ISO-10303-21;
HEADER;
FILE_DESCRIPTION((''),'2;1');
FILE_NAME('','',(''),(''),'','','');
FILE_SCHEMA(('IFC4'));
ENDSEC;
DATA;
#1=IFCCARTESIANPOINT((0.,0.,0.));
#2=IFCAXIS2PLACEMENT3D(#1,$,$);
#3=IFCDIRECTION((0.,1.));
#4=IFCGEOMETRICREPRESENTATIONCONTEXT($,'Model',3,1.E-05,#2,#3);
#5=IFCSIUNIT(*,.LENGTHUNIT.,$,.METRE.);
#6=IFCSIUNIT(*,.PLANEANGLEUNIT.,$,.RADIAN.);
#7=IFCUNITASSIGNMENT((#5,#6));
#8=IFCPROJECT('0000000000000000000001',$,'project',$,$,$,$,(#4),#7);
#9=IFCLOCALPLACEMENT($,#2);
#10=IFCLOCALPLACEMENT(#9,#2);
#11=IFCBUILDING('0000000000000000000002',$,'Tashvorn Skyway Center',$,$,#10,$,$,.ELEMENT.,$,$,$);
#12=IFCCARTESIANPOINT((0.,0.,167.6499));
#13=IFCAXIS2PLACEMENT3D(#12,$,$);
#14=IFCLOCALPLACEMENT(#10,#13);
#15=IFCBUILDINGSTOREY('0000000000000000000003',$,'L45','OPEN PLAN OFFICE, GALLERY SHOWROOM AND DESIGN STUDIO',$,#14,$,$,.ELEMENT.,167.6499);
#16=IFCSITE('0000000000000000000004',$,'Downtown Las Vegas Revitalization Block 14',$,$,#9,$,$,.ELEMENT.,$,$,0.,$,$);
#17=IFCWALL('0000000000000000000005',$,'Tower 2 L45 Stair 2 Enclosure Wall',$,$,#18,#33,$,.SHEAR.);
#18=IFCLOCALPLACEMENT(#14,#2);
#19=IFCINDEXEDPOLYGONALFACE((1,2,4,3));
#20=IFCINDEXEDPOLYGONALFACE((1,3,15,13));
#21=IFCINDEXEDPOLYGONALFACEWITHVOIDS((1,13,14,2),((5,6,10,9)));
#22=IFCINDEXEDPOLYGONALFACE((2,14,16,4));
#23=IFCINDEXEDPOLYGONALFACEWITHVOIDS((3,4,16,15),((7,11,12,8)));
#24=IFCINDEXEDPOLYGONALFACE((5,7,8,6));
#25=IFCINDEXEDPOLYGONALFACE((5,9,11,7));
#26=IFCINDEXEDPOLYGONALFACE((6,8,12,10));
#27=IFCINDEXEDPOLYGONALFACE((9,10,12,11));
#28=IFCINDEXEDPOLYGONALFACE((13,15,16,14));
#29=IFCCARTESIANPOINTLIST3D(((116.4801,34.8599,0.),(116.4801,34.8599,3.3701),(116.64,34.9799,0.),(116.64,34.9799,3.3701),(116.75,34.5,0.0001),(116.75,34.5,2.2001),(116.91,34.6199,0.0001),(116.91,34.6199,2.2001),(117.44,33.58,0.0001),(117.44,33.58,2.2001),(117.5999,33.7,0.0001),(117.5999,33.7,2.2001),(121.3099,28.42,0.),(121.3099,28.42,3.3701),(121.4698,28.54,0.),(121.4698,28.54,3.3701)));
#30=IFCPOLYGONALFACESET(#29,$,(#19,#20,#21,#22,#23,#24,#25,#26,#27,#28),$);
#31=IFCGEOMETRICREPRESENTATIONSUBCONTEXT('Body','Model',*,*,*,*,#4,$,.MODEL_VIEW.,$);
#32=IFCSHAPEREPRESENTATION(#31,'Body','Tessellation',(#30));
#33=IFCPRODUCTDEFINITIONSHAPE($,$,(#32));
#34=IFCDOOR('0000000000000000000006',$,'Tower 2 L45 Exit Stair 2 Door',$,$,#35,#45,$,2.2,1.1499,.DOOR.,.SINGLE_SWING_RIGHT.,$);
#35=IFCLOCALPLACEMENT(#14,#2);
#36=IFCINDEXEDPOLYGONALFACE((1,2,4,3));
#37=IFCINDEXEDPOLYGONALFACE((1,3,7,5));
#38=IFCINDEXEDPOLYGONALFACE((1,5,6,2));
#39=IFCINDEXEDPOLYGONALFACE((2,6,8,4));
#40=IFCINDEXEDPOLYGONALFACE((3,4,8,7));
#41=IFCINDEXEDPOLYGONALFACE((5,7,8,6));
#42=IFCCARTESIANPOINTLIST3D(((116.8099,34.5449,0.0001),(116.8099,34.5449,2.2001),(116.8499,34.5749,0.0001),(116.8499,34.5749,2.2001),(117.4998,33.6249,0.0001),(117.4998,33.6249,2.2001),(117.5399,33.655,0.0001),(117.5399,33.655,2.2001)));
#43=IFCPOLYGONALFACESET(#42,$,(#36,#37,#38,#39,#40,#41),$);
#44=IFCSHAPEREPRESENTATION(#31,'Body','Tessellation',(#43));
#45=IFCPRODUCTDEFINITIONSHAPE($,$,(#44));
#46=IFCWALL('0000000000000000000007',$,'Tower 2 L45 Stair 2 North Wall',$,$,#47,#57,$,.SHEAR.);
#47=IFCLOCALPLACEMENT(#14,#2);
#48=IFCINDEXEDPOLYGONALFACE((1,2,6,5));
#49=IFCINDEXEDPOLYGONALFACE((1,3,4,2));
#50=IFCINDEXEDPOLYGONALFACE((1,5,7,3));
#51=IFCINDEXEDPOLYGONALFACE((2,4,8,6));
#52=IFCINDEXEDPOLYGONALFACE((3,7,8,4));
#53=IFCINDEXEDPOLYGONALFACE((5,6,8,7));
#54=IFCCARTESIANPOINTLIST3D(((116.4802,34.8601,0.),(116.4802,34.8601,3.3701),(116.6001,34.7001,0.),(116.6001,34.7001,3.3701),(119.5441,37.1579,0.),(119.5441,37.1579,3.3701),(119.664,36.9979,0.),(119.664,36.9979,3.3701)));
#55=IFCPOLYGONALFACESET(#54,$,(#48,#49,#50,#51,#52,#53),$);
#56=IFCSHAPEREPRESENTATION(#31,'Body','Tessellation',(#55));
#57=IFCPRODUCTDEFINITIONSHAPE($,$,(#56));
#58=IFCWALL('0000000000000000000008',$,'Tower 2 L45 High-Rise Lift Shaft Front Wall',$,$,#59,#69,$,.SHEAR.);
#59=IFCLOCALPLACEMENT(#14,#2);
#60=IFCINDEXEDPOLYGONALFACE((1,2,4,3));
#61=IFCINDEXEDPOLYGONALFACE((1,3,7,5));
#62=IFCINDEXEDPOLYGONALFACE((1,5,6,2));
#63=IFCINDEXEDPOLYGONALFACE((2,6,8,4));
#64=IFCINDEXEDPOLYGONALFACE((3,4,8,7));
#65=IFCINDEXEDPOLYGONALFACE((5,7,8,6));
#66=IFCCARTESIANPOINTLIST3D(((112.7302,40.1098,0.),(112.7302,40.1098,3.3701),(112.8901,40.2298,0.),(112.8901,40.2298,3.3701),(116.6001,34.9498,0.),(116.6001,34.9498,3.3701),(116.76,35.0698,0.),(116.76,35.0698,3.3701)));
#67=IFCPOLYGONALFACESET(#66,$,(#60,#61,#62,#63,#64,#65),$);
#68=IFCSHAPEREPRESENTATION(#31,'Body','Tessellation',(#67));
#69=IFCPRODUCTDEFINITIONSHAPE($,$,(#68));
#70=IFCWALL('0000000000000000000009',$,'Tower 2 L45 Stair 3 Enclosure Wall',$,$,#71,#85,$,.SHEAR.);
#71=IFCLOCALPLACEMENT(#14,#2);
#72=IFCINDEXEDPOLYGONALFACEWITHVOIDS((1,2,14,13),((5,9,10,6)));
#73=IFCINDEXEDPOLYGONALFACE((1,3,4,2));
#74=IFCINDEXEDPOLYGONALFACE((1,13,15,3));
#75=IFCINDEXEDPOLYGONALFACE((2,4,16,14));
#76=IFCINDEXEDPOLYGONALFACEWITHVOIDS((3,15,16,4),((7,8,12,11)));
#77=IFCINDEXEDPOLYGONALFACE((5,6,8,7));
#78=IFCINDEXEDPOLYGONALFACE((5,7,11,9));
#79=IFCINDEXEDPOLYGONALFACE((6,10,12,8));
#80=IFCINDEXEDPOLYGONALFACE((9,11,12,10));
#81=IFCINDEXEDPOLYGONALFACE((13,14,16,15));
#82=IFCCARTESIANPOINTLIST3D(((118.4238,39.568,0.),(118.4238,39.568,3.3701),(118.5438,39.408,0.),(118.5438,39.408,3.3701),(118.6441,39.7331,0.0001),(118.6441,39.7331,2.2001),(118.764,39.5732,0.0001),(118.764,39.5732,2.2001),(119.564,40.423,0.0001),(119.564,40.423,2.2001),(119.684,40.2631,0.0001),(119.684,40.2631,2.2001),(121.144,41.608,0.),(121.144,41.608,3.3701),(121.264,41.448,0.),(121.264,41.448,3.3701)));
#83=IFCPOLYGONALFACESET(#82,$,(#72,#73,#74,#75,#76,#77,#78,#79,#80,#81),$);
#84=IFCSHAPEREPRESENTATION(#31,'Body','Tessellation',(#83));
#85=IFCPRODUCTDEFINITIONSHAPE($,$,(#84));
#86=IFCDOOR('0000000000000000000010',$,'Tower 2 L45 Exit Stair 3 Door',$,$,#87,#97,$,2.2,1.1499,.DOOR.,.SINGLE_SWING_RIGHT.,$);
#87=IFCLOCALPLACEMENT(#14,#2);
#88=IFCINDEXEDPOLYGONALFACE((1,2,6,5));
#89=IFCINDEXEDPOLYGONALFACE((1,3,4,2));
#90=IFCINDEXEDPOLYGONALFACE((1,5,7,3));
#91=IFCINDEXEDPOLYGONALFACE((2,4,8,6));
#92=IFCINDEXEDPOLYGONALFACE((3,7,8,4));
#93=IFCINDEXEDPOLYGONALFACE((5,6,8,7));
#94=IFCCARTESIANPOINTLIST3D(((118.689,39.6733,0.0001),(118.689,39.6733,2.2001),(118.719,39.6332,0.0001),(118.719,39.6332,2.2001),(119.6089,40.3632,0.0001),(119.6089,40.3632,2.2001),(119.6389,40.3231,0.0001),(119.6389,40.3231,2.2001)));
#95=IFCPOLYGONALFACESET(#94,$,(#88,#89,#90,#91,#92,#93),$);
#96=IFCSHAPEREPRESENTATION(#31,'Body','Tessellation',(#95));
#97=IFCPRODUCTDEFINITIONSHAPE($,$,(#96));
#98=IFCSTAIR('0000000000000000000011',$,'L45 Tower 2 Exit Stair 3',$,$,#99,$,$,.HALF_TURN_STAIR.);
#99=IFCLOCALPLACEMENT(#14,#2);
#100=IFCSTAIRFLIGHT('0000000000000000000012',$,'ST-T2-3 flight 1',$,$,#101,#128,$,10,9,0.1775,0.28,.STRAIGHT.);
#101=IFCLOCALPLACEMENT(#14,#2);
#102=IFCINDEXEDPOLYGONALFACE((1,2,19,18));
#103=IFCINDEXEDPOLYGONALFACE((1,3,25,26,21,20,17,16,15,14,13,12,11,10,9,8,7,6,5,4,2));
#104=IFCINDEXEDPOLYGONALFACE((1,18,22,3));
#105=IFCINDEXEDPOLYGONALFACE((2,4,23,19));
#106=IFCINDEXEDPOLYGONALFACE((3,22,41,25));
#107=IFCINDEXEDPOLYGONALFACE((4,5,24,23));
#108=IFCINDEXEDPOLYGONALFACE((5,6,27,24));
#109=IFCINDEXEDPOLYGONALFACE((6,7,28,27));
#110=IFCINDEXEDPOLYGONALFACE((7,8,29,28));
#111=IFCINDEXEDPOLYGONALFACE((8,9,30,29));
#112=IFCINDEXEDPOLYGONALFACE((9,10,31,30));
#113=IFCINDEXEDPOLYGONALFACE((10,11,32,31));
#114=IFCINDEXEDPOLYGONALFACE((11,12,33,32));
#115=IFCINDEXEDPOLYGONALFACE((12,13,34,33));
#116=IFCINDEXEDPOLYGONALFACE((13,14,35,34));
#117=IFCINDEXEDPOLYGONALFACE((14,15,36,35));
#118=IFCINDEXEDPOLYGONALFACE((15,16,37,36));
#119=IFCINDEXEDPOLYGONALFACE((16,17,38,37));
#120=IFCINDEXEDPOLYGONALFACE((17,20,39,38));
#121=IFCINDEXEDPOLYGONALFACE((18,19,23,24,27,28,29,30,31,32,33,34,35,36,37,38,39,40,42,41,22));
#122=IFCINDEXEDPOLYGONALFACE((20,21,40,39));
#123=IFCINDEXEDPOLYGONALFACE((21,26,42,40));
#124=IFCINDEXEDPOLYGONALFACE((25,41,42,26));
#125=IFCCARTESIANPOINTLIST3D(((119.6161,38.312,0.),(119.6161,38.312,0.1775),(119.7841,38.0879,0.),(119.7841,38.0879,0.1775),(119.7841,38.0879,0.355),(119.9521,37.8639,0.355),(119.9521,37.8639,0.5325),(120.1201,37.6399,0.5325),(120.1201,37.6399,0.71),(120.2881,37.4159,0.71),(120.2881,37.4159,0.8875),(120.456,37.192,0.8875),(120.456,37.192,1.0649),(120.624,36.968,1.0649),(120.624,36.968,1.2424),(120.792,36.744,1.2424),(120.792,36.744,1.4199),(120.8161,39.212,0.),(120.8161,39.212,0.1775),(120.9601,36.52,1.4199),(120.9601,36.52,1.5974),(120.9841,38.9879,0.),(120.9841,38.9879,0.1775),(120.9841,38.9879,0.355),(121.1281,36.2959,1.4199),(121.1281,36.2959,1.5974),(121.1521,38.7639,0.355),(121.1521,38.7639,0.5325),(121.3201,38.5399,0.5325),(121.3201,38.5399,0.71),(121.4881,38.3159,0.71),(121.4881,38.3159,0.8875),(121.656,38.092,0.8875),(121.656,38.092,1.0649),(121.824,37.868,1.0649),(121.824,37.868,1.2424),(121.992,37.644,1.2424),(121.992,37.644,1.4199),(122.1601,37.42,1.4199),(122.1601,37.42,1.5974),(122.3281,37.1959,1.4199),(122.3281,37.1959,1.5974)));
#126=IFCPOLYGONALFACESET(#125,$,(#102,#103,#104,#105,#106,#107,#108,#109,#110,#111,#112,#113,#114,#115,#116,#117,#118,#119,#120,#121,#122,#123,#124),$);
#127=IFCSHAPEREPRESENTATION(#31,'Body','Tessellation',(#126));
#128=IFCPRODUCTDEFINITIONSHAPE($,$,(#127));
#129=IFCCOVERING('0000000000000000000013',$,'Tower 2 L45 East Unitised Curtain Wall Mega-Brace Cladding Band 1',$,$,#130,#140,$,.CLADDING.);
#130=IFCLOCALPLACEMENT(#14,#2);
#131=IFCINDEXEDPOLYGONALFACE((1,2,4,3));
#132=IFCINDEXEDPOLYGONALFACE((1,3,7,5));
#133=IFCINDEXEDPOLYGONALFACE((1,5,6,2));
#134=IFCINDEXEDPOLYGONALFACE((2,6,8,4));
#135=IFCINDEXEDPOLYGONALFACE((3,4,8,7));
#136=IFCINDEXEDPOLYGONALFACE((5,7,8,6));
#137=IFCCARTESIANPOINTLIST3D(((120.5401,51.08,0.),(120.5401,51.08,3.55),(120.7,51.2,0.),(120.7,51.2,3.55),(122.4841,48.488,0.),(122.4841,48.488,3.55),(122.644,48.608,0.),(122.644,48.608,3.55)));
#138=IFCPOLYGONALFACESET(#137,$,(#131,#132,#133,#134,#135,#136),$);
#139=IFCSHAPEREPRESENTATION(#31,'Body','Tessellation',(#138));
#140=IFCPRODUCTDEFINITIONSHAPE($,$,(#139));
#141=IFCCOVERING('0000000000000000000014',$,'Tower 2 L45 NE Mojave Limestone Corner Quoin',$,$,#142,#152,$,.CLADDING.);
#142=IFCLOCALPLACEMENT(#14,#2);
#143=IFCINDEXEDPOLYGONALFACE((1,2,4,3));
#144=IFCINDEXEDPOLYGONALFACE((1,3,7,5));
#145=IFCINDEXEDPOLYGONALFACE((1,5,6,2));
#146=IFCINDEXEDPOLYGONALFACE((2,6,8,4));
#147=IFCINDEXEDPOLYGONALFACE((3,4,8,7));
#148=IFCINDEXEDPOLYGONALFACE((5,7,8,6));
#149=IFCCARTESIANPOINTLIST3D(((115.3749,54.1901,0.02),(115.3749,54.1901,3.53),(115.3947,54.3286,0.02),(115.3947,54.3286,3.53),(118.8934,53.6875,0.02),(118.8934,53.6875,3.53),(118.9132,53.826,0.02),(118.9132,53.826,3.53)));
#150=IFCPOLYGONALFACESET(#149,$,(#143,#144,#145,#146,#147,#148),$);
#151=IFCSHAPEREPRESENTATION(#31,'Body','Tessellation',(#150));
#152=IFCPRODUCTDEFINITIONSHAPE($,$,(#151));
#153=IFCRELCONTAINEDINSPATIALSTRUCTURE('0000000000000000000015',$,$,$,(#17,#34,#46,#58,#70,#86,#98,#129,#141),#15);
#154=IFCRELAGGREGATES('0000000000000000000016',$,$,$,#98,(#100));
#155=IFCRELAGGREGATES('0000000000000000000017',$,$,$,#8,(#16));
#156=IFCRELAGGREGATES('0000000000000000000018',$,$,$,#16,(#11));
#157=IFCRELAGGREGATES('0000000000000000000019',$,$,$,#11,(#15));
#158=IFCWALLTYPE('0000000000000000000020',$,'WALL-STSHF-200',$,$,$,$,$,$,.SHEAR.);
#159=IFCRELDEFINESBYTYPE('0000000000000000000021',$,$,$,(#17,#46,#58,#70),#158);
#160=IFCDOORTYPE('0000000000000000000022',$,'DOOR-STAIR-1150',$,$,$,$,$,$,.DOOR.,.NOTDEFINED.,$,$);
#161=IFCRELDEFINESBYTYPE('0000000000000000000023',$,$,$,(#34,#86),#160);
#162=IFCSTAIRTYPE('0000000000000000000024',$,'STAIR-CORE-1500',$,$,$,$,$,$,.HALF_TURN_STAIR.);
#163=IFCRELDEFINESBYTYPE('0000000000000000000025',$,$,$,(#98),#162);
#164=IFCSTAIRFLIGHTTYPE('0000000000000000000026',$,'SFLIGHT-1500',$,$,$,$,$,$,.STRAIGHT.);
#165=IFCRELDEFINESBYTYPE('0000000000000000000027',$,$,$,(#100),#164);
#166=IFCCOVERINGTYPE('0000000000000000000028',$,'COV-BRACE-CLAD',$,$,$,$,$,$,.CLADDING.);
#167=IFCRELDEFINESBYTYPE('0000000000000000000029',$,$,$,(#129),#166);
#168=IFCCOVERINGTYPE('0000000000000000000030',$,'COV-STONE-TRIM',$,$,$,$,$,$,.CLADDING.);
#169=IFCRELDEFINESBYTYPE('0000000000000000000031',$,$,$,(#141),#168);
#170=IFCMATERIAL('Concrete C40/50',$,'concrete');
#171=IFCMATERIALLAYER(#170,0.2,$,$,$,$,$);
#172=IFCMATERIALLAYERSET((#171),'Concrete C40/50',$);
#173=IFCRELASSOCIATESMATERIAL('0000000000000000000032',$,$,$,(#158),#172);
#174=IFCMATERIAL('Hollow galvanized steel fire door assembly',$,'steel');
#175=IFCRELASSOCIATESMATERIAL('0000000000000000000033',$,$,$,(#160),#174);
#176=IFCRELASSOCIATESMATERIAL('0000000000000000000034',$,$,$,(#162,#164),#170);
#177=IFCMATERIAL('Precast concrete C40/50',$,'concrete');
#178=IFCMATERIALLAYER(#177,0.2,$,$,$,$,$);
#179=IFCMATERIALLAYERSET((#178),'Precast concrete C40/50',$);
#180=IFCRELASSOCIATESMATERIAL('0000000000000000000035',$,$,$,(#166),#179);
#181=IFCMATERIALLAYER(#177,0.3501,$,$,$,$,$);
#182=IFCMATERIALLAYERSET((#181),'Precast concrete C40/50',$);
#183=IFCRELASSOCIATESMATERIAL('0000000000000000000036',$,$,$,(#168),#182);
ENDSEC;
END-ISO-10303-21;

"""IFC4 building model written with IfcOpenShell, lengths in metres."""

from ifc_helpers import new_model, si_unit, direction, frame, frame_2d, origin, origin_2d, place, context, subcontext, project, spatial, polyline, rectangle, outline, extrude, material, layer, layer_set, type_object, element, fill, aggregate, save


model = new_model("IFC4")

# Units and contexts
model_context = context("Model", 3, precision=1e-05, world=origin(), true_north=direction((0.0, 1.0)))
body_context = subcontext(model_context, "Body", "Model", "MODEL_VIEW")
ifc_project = project(units=[si_unit("LENGTHUNIT", "METRE"), si_unit("PLANEANGLEUNIT", "RADIAN")], contexts=[model_context])

# Site, building, storey
site_placement = place(None, origin())
site = spatial("IfcSite", under=ifc_project, at=site_placement, Name="Downtown Las Vegas Revitalization Block 14", CompositionType="ELEMENT", RefElevation=0.0)
building_placement = place(site_placement, origin())
building = spatial("IfcBuilding", under=site, at=building_placement, Name="Tashvorn Skyway Center", CompositionType="ELEMENT")
storey_placement = place(building_placement, frame((0.0, 0.0, 167.6499)))
storey = spatial("IfcBuildingStorey", under=building, at=storey_placement, Name="L45", Description="OPEN PLAN OFFICE, GALLERY SHOWROOM AND DESIGN STUDIO", CompositionType="ELEMENT", Elevation=167.6499)

# Shared definitions
ifc_material_1 = material(Name="Precast concrete C40/50", Category="concrete")
ifc_material_2 = material(Name="Concrete C40/50", Category="concrete")

# Wall, opening, door
ifc_layer_1 = layer(ifc_material_2, 0.2)
ifc_layer_set_1 = layer_set([ifc_layer_1], Name="Concrete C40/50")
wall_type_1 = type_object("IfcWallType", Name="WALL-STSHF-200", PredefinedType="SHEAR", material=ifc_layer_set_1)
wall_1_placement = place(storey_placement, frame((116.5601, 34.9199, 0.0), z_axis=(0.0, 0.0, 1.0), x_axis=(0.59999, -0.800007, 0.0)))
wall_1 = element("IfcWall", 1, at=wall_1_placement, inside=storey, type_object=wall_type_1, Name="Tower 2 L45 Stair 2 Enclosure Wall", PredefinedType="SHEAR", context=body_context, shape_type="SweptSolid", body=[
    extrude(rectangle(XDim=8.0498, YDim=0.2, at=frame_2d((4.0249, 0.0))), origin(), (0.0, 0.0, 1.0), 3.3701),
])
opening_1_placement = place(wall_1_placement, frame((0.45, 0.0, 0.0)))
opening_1 = element("IfcOpeningElement", 2, at=opening_1_placement, cuts=wall_1, PredefinedType="OPENING", context=body_context, shape_type="SweptSolid", body=[
    extrude(rectangle(XDim=1.1499, YDim=2.2, at=frame_2d((0.575, 1.1001))), frame((0.0, 0.1099, 0.0), z_axis=(0.0, -1.0, 0.0), x_axis=(1.0, 0.0, 0.0)), (0.0, 0.0, 1.0), 0.22),
])
ifc_material_3 = material(Name="Hollow galvanized steel fire door assembly", Category="steel")
door_type = type_object("IfcDoorType", Name="DOOR-STAIR-1150", OperationType="NOTDEFINED", PredefinedType="DOOR", material=ifc_material_3)
door_1_placement = place(opening_1_placement, origin())
door_1 = element("IfcDoor", 3, at=door_1_placement, inside=storey, type_object=door_type, Name="Tower 2 L45 Exit Stair 2 Door", OperationType="SINGLE_SWING_RIGHT", OverallHeight=2.2, OverallWidth=1.1499, PredefinedType="DOOR", context=body_context, shape_type="SweptSolid", body=[
    extrude(rectangle(XDim=1.1499, YDim=2.2, at=frame_2d((0.575, 1.1001))), frame((0.0, 0.0249, 0.0), z_axis=(0.0, -1.0, 0.0), x_axis=(1.0, 0.0, 0.0)), (0.0, 0.0, 1.0), 0.05),
])
fill(opening_1, door_1)

# Walls
wall_2_placement = place(storey_placement, frame((116.54, 34.78, 0.0), z_axis=(0.0, 0.0, 1.0), x_axis=(0.800015, 0.59998, 0.0)))
element("IfcWall", 4, at=wall_2_placement, inside=storey, type_object=wall_type_1, Name="Tower 2 L45 Stair 2 North Wall", PredefinedType="SHEAR", context=body_context, shape_type="SweptSolid", body=[
    extrude(rectangle(XDim=3.8298, YDim=0.2, at=frame_2d((1.915, 0.0))), origin(), (0.0, 0.0, 1.0), 3.3701),
])
wall_3_placement = place(storey_placement, frame((112.8101, 40.1699, 0.0), z_axis=(0.0, 0.0, 1.0), x_axis=(0.599994, -0.800005, 0.0)))
element("IfcWall", 5, at=wall_3_placement, inside=storey, type_object=wall_type_1, Name="Tower 2 L45 High-Rise Lift Shaft Front Wall", PredefinedType="SHEAR", context=body_context, shape_type="SweptSolid", body=[
    extrude(rectangle(XDim=6.45, YDim=0.2, at=frame_2d((3.2251, 0.0))), origin(), (0.0, 0.0, 1.0), 3.3701),
])

# Wall, opening, door
wall_4_placement = place(storey_placement, frame((121.2041, 41.5281, 0.0), z_axis=(0.0, 0.0, 1.0), x_axis=(-0.800017, -0.599977, 0.0)))
wall_4 = element("IfcWall", 6, at=wall_4_placement, inside=storey, type_object=wall_type_1, Name="Tower 2 L45 Stair 3 Enclosure Wall", PredefinedType="SHEAR", context=body_context, shape_type="SweptSolid", body=[
    extrude(rectangle(XDim=3.4001, YDim=0.2, at=frame_2d((1.7002, 0.0))), origin(), (0.0, 0.0, 1.0), 3.3701),
])
opening_2_placement = place(wall_4_placement, frame((1.9751, 0.0, 0.0)))
opening_2 = element("IfcOpeningElement", 7, at=opening_2_placement, cuts=wall_4, PredefinedType="OPENING", context=body_context, shape_type="SweptSolid", body=[
    extrude(rectangle(XDim=1.1499, YDim=2.2, at=frame_2d((0.575, 1.1001))), frame((0.0, 0.1099, 0.0), z_axis=(0.0, -1.0, 0.0), x_axis=(1.0, 0.0, 0.0)), (0.0, 0.0, 1.0), 0.22),
])
door_2_placement = place(opening_2_placement, origin())
door_2 = element("IfcDoor", 8, at=door_2_placement, inside=storey, type_object=door_type, Name="Tower 2 L45 Exit Stair 3 Door", OperationType="SINGLE_SWING_RIGHT", OverallHeight=2.2, OverallWidth=1.1499, PredefinedType="DOOR", context=body_context, shape_type="SweptSolid", body=[
    extrude(rectangle(XDim=1.1499, YDim=2.2, at=frame_2d((0.575, 1.1001))), frame((0.0, 0.0249, 0.0), z_axis=(0.0, -1.0, 0.0), x_axis=(1.0, 0.0, 0.0)), (0.0, 0.0, 1.0), 0.05),
])
fill(opening_2, door_2)

# Stair, stair flight
stair_type = type_object("IfcStairType", Name="STAIR-CORE-1500", PredefinedType="HALF_TURN_STAIR", material=ifc_material_2)
stair_placement = place(storey_placement, origin())
stair = element("IfcStair", 9, at=stair_placement, inside=storey, type_object=stair_type, Name="L45 Tower 2 Exit Stair 3", PredefinedType="HALF_TURN_STAIR")
stair_flight_type = type_object("IfcStairFlightType", Name="SFLIGHT-1500", PredefinedType="STRAIGHT", material=ifc_material_2)
stair_flight_placement = place(storey_placement, frame((120.2161, 38.762, 0.0), z_axis=(0.0, 0.0, 1.0), x_axis=(0.6, -0.8, 0.0)))
stair_flight = element("IfcStairFlight", 10, at=stair_flight_placement, type_object=stair_flight_type, Name="ST-T2-3 flight 1", NumberOfRisers=10, NumberOfTreads=9, PredefinedType="STRAIGHT", RiserHeight=0.1775, TreadLength=0.28, context=body_context, shape_type="SweptSolid", body=[
    extrude(outline(polyline([(0.0, 0.0), (0.0, 0.1775), (0.28, 0.1775), (0.28, 0.355), (0.5601, 0.355), (0.5601, 0.5325), (0.8401, 0.5325), (0.8401, 0.71), (1.1201, 0.71), (1.1201, 0.8875), (1.3999, 0.8875), (1.3999, 1.0649), (1.6799, 1.0649), (1.6799, 1.2424), (1.96, 1.2424), (1.96, 1.4199), (2.24, 1.4199), (2.24, 1.5974), (2.52, 1.5974), (2.52, 1.7749), (2.52, 1.4199), (0.28, 0.0), (0.0, 0.0)])), frame((0.0, 0.75, 0.0), z_axis=(0.0, -1.0, 0.0), x_axis=(1.0, 0.0, 0.0)), (0.0, 0.0, 1.0), 1.5),
])
aggregate(stair, [stair_flight])

# Coverings
ifc_layer_2 = layer(ifc_material_1, 0.2)
ifc_layer_set_2 = layer_set([ifc_layer_2], Name="Precast concrete C40/50")
covering_type_1 = type_object("IfcCoveringType", Name="COV-BRACE-CLAD", PredefinedType="CLADDING", material=ifc_layer_set_2)
covering_1_placement = place(storey_placement, frame((121.592, 49.844, 0.0), z_axis=(0.0, 0.0, 1.0), x_axis=(0.6, -0.8, 0.0)))
element("IfcCovering", 11, at=covering_1_placement, inside=storey, type_object=covering_type_1, Name="Tower 2 L45 East Unitised Curtain Wall Mega-Brace Cladding Band 1", PredefinedType="CLADDING", context=body_context, shape_type="SweptSolid", body=[
    extrude(rectangle(XDim=3.24, YDim=0.2, at=origin_2d()), origin(), (0.0, 0.0, 1.0), 3.55),
])
ifc_layer_3 = layer(ifc_material_1, 0.3501)
ifc_layer_set_3 = layer_set([ifc_layer_3], Name="Precast concrete C40/50")
covering_type_2 = type_object("IfcCoveringType", Name="COV-STONE-TRIM", PredefinedType="CLADDING", material=ifc_layer_set_3)
covering_2_placement = place(storey_placement, frame((117.144, 54.0081, 0.02), z_axis=(0.0, 0.0, 1.0), x_axis=(0.989949, -0.141421, 0.0)))
element("IfcCovering", 12, at=covering_2_placement, inside=storey, type_object=covering_type_2, Name="Tower 2 L45 NE Mojave Limestone Corner Quoin", PredefinedType="CLADDING", context=body_context, shape_type="SweptSolid", body=[
    extrude(rectangle(XDim=3.5542, YDim=0.1399, at=origin_2d()), origin(), (0.0, 0.0, 1.0), 3.51),
])

save(model, "model.ifc")
